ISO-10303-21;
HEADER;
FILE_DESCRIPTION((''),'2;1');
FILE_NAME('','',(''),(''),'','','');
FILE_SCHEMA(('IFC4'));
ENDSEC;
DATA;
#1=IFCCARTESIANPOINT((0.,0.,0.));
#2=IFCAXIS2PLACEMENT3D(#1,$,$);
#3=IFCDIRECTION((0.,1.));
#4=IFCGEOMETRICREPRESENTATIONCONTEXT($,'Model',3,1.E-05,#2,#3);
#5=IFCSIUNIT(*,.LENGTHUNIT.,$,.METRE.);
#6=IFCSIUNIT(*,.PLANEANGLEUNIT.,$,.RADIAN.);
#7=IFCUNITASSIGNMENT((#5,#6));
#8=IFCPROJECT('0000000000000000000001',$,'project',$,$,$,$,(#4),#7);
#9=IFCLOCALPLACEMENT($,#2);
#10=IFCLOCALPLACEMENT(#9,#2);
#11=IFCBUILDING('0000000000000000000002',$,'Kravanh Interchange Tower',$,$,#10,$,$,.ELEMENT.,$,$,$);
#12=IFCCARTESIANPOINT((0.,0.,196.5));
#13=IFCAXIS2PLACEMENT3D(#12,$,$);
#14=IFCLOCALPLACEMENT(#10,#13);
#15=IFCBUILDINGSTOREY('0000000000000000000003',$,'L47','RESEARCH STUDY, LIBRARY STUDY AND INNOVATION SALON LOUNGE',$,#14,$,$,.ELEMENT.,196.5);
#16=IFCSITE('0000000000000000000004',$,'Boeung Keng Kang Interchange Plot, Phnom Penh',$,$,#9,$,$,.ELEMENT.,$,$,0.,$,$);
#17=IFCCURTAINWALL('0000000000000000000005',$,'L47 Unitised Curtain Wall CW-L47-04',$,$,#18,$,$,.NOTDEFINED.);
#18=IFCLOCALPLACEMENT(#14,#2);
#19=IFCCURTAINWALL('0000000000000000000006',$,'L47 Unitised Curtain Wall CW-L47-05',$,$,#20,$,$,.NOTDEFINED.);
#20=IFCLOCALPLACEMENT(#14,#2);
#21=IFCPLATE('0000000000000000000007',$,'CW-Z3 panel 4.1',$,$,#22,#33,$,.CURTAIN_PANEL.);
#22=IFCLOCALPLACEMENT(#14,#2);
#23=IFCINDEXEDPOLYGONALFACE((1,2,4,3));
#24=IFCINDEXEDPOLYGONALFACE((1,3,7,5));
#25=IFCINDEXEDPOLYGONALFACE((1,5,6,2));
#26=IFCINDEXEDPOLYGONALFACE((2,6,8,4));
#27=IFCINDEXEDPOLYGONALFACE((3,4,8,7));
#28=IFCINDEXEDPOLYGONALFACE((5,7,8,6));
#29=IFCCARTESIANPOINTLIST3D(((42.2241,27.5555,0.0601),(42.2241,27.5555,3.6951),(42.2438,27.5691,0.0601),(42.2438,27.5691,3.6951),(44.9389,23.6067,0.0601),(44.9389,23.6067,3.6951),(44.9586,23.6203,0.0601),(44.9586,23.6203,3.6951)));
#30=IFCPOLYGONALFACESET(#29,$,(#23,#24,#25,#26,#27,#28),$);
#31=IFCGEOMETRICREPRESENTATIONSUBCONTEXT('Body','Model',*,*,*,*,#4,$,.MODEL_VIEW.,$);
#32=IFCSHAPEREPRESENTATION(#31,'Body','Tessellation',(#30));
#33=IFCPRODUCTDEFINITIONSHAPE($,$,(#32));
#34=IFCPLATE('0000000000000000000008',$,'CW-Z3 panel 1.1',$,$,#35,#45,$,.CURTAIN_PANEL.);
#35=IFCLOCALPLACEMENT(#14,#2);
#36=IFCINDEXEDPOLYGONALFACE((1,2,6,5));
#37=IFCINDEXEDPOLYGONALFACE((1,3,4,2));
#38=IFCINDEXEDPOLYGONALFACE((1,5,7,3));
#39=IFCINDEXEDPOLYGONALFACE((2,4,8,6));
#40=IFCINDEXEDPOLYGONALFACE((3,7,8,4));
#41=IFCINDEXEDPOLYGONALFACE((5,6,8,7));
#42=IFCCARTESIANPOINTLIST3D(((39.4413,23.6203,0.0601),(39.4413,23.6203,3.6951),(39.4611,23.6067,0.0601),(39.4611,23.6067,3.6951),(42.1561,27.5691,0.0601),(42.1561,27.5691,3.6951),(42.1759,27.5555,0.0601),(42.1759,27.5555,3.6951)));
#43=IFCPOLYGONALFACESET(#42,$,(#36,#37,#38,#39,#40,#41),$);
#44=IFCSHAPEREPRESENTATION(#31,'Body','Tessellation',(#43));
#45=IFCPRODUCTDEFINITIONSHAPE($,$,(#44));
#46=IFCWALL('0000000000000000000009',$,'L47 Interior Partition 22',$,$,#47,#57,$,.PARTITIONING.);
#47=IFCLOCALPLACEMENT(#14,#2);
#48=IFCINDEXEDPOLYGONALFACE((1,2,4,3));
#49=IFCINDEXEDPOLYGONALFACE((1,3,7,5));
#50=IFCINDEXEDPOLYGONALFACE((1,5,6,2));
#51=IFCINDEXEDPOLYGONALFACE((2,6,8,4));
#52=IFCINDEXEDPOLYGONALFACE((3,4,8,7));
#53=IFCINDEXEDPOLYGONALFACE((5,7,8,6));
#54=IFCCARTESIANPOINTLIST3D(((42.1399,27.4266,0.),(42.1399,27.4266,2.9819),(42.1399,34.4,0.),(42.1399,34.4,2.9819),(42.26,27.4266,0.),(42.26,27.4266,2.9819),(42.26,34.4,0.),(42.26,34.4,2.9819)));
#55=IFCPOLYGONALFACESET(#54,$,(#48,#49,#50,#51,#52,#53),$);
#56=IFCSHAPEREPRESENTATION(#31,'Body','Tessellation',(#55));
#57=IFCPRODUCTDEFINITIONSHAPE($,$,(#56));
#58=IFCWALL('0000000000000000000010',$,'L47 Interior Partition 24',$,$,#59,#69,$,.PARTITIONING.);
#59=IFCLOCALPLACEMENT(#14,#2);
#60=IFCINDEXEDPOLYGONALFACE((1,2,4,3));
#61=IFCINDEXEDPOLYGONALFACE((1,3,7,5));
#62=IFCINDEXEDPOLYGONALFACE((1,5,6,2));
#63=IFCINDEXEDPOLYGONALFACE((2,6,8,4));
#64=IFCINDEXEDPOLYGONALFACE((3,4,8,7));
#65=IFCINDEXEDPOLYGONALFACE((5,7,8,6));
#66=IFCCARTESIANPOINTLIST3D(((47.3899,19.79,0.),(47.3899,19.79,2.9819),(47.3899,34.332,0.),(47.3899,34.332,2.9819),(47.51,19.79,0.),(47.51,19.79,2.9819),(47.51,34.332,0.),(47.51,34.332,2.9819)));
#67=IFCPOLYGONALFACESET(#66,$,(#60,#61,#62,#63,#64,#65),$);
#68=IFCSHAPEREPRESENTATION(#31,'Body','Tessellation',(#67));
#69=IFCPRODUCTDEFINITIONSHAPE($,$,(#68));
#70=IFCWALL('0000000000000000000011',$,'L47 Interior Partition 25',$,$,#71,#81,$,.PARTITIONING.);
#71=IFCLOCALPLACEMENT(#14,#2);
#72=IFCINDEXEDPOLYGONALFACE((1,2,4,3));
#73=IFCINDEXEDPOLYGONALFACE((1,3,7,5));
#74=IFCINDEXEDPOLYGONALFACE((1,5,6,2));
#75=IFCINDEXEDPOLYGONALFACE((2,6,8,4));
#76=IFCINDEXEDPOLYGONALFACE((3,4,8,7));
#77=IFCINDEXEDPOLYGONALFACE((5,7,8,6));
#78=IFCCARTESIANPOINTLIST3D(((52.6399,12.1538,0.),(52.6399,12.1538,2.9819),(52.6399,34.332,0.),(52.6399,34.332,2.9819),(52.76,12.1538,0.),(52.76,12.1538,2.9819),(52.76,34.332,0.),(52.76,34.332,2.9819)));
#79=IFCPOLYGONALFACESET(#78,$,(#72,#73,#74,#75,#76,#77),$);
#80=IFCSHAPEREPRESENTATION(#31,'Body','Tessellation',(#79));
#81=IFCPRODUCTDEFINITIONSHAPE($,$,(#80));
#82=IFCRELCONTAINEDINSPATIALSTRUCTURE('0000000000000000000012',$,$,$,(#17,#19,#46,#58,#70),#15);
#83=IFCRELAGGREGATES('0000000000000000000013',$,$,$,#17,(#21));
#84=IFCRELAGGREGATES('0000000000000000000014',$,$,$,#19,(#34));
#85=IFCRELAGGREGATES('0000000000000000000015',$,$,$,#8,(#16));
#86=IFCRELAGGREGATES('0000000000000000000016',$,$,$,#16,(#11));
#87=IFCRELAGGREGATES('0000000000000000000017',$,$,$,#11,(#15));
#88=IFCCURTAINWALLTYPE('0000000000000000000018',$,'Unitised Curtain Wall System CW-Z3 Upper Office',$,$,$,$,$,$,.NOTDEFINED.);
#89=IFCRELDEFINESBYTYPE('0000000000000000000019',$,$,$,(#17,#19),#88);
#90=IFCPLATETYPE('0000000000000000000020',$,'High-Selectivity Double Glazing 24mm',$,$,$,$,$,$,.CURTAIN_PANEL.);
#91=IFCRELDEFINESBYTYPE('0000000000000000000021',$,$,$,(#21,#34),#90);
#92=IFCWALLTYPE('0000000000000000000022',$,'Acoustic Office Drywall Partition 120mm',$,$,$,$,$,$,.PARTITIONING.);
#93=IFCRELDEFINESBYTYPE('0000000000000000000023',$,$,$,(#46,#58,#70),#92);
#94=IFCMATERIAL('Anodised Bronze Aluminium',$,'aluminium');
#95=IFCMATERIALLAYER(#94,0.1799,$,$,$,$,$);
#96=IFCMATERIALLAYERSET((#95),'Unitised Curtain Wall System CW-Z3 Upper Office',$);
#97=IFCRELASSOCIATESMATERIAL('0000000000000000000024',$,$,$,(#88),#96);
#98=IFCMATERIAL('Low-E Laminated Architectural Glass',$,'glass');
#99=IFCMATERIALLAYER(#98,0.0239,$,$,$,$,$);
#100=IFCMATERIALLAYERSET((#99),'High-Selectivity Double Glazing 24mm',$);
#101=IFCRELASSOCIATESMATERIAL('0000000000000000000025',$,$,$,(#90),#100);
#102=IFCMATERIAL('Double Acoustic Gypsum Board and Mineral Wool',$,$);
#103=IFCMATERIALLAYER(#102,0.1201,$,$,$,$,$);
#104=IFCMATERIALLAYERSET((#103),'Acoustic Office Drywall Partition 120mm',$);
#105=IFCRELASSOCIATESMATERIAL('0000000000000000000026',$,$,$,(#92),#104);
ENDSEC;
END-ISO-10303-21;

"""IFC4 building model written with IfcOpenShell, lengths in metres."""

from ifc_helpers import new_model, si_unit, direction, frame, frame_2d, origin, origin_2d, place, context, subcontext, project, spatial, rectangle, extrude, material, layer, layer_set, type_object, element, aggregate, save


model = new_model("IFC4")

# Units and contexts
model_context = context("Model", 3, precision=1e-05, world=origin(), true_north=direction((0.0, 1.0)))
body_context = subcontext(model_context, "Body", "Model", "MODEL_VIEW")
ifc_project = project(units=[si_unit("LENGTHUNIT", "METRE"), si_unit("PLANEANGLEUNIT", "RADIAN")], contexts=[model_context])

# Site, building, storey
site_placement = place(None, origin())
site = spatial("IfcSite", under=ifc_project, at=site_placement, Name="Boeung Keng Kang Interchange Plot, Phnom Penh", CompositionType="ELEMENT", RefElevation=0.0)
building_placement = place(site_placement, origin())
building = spatial("IfcBuilding", under=site, at=building_placement, Name="Kravanh Interchange Tower", CompositionType="ELEMENT")
storey_placement = place(building_placement, frame((0.0, 0.0, 196.5)))
storey = spatial("IfcBuildingStorey", under=building, at=storey_placement, Name="L47", Description="RESEARCH STUDY, LIBRARY STUDY AND INNOVATION SALON LOUNGE", CompositionType="ELEMENT", Elevation=196.5)

# Shared definitions
ifc_material_1 = material(Name="Anodised Bronze Aluminium", Category="aluminium")
ifc_layer_1 = layer(ifc_material_1, 0.1799)
ifc_layer_set_1 = layer_set([ifc_layer_1], Name="Unitised Curtain Wall System CW-Z3 Upper Office")
curtain_wall_type = type_object("IfcCurtainWallType", Name="Unitised Curtain Wall System CW-Z3 Upper Office", PredefinedType="NOTDEFINED", material=ifc_layer_set_1)

# Curtain wall
curtain_wall_1_placement = place(storey_placement, origin())
curtain_wall_1 = element("IfcCurtainWall", 1, at=curtain_wall_1_placement, inside=storey, type_object=curtain_wall_type, Name="L47 Unitised Curtain Wall CW-L47-04", PredefinedType="NOTDEFINED")

# Curtain wall
curtain_wall_2_placement = place(storey_placement, origin())
curtain_wall_2 = element("IfcCurtainWall", 2, at=curtain_wall_2_placement, inside=storey, type_object=curtain_wall_type, Name="L47 Unitised Curtain Wall CW-L47-05", PredefinedType="NOTDEFINED")

# Plates
ifc_material_2 = material(Name="Low-E Laminated Architectural Glass", Category="glass")
ifc_layer_2 = layer(ifc_material_2, 0.0239)
ifc_layer_set_2 = layer_set([ifc_layer_2], Name="High-Selectivity Double Glazing 24mm")
plate_type = type_object("IfcPlateType", Name="High-Selectivity Double Glazing 24mm", PredefinedType="CURTAIN_PANEL", material=ifc_layer_set_2)
plate_1_placement = place(storey_placement, frame((43.5913, 25.5879, 0.0601), z_axis=(0.0, 0.0, 1.0), x_axis=(-0.566528, 0.824042, 0.0)))
plate_1 = element("IfcPlate", 3, at=plate_1_placement, type_object=plate_type, Name="CW-Z3 panel 4.1", PredefinedType="CURTAIN_PANEL", context=body_context, shape_type="SweptSolid", body=[
    extrude(rectangle(XDim=4.792, YDim=0.0239, at=origin_2d()), origin(), (0.0, 0.0, 1.0), 3.635),
])
aggregate(curtain_wall_1, [plate_1])
plate_2_placement = place(storey_placement, frame((40.8086, 25.5879, 0.0601), z_axis=(0.0, 0.0, 1.0), x_axis=(-0.566528, -0.824042, 0.0)))
plate_2 = element("IfcPlate", 4, at=plate_2_placement, type_object=plate_type, Name="CW-Z3 panel 1.1", PredefinedType="CURTAIN_PANEL", context=body_context, shape_type="SweptSolid", body=[
    extrude(rectangle(XDim=4.792, YDim=0.0239, at=origin_2d()), origin(), (0.0, 0.0, 1.0), 3.635),
])
aggregate(curtain_wall_2, [plate_2])

# Walls
ifc_material_3 = material(Name="Double Acoustic Gypsum Board and Mineral Wool")
ifc_layer_3 = layer(ifc_material_3, 0.1201)
ifc_layer_set_3 = layer_set([ifc_layer_3], Name="Acoustic Office Drywall Partition 120mm")
wall_type = type_object("IfcWallType", Name="Acoustic Office Drywall Partition 120mm", PredefinedType="PARTITIONING", material=ifc_layer_set_3)
wall_1_placement = place(storey_placement, frame((42.2, 27.4265, 0.0), z_axis=(0.0, 0.0, 1.0), x_axis=(0.0, 1.0, 0.0)))
element("IfcWall", 5, at=wall_1_placement, inside=storey, type_object=wall_type, Name="L47 Interior Partition 22", PredefinedType="PARTITIONING", context=body_context, shape_type="SweptSolid", body=[
    extrude(rectangle(XDim=6.9734, YDim=0.1201, at=frame_2d((3.4868, 0.0))), origin(), (0.0, 0.0, 1.0), 2.9819),
])
wall_2_placement = place(storey_placement, frame((47.45, 19.79, 0.0), z_axis=(0.0, 0.0, 1.0), x_axis=(0.0, 1.0, 0.0)))
element("IfcWall", 6, at=wall_2_placement, inside=storey, type_object=wall_type, Name="L47 Interior Partition 24", PredefinedType="PARTITIONING", context=body_context, shape_type="SweptSolid", body=[
    extrude(rectangle(XDim=14.542, YDim=0.1201, at=frame_2d((7.271, 0.0))), origin(), (0.0, 0.0, 1.0), 2.9819),
])
wall_3_placement = place(storey_placement, frame((52.7, 12.1538, 0.0), z_axis=(0.0, 0.0, 1.0), x_axis=(0.0, 1.0, 0.0)))
element("IfcWall", 7, at=wall_3_placement, inside=storey, type_object=wall_type, Name="L47 Interior Partition 25", PredefinedType="PARTITIONING", context=body_context, shape_type="SweptSolid", body=[
    extrude(rectangle(XDim=22.1782, YDim=0.1201, at=frame_2d((11.0891, 0.0))), origin(), (0.0, 0.0, 1.0), 2.9819),
])

save(model, "model.ifc")
